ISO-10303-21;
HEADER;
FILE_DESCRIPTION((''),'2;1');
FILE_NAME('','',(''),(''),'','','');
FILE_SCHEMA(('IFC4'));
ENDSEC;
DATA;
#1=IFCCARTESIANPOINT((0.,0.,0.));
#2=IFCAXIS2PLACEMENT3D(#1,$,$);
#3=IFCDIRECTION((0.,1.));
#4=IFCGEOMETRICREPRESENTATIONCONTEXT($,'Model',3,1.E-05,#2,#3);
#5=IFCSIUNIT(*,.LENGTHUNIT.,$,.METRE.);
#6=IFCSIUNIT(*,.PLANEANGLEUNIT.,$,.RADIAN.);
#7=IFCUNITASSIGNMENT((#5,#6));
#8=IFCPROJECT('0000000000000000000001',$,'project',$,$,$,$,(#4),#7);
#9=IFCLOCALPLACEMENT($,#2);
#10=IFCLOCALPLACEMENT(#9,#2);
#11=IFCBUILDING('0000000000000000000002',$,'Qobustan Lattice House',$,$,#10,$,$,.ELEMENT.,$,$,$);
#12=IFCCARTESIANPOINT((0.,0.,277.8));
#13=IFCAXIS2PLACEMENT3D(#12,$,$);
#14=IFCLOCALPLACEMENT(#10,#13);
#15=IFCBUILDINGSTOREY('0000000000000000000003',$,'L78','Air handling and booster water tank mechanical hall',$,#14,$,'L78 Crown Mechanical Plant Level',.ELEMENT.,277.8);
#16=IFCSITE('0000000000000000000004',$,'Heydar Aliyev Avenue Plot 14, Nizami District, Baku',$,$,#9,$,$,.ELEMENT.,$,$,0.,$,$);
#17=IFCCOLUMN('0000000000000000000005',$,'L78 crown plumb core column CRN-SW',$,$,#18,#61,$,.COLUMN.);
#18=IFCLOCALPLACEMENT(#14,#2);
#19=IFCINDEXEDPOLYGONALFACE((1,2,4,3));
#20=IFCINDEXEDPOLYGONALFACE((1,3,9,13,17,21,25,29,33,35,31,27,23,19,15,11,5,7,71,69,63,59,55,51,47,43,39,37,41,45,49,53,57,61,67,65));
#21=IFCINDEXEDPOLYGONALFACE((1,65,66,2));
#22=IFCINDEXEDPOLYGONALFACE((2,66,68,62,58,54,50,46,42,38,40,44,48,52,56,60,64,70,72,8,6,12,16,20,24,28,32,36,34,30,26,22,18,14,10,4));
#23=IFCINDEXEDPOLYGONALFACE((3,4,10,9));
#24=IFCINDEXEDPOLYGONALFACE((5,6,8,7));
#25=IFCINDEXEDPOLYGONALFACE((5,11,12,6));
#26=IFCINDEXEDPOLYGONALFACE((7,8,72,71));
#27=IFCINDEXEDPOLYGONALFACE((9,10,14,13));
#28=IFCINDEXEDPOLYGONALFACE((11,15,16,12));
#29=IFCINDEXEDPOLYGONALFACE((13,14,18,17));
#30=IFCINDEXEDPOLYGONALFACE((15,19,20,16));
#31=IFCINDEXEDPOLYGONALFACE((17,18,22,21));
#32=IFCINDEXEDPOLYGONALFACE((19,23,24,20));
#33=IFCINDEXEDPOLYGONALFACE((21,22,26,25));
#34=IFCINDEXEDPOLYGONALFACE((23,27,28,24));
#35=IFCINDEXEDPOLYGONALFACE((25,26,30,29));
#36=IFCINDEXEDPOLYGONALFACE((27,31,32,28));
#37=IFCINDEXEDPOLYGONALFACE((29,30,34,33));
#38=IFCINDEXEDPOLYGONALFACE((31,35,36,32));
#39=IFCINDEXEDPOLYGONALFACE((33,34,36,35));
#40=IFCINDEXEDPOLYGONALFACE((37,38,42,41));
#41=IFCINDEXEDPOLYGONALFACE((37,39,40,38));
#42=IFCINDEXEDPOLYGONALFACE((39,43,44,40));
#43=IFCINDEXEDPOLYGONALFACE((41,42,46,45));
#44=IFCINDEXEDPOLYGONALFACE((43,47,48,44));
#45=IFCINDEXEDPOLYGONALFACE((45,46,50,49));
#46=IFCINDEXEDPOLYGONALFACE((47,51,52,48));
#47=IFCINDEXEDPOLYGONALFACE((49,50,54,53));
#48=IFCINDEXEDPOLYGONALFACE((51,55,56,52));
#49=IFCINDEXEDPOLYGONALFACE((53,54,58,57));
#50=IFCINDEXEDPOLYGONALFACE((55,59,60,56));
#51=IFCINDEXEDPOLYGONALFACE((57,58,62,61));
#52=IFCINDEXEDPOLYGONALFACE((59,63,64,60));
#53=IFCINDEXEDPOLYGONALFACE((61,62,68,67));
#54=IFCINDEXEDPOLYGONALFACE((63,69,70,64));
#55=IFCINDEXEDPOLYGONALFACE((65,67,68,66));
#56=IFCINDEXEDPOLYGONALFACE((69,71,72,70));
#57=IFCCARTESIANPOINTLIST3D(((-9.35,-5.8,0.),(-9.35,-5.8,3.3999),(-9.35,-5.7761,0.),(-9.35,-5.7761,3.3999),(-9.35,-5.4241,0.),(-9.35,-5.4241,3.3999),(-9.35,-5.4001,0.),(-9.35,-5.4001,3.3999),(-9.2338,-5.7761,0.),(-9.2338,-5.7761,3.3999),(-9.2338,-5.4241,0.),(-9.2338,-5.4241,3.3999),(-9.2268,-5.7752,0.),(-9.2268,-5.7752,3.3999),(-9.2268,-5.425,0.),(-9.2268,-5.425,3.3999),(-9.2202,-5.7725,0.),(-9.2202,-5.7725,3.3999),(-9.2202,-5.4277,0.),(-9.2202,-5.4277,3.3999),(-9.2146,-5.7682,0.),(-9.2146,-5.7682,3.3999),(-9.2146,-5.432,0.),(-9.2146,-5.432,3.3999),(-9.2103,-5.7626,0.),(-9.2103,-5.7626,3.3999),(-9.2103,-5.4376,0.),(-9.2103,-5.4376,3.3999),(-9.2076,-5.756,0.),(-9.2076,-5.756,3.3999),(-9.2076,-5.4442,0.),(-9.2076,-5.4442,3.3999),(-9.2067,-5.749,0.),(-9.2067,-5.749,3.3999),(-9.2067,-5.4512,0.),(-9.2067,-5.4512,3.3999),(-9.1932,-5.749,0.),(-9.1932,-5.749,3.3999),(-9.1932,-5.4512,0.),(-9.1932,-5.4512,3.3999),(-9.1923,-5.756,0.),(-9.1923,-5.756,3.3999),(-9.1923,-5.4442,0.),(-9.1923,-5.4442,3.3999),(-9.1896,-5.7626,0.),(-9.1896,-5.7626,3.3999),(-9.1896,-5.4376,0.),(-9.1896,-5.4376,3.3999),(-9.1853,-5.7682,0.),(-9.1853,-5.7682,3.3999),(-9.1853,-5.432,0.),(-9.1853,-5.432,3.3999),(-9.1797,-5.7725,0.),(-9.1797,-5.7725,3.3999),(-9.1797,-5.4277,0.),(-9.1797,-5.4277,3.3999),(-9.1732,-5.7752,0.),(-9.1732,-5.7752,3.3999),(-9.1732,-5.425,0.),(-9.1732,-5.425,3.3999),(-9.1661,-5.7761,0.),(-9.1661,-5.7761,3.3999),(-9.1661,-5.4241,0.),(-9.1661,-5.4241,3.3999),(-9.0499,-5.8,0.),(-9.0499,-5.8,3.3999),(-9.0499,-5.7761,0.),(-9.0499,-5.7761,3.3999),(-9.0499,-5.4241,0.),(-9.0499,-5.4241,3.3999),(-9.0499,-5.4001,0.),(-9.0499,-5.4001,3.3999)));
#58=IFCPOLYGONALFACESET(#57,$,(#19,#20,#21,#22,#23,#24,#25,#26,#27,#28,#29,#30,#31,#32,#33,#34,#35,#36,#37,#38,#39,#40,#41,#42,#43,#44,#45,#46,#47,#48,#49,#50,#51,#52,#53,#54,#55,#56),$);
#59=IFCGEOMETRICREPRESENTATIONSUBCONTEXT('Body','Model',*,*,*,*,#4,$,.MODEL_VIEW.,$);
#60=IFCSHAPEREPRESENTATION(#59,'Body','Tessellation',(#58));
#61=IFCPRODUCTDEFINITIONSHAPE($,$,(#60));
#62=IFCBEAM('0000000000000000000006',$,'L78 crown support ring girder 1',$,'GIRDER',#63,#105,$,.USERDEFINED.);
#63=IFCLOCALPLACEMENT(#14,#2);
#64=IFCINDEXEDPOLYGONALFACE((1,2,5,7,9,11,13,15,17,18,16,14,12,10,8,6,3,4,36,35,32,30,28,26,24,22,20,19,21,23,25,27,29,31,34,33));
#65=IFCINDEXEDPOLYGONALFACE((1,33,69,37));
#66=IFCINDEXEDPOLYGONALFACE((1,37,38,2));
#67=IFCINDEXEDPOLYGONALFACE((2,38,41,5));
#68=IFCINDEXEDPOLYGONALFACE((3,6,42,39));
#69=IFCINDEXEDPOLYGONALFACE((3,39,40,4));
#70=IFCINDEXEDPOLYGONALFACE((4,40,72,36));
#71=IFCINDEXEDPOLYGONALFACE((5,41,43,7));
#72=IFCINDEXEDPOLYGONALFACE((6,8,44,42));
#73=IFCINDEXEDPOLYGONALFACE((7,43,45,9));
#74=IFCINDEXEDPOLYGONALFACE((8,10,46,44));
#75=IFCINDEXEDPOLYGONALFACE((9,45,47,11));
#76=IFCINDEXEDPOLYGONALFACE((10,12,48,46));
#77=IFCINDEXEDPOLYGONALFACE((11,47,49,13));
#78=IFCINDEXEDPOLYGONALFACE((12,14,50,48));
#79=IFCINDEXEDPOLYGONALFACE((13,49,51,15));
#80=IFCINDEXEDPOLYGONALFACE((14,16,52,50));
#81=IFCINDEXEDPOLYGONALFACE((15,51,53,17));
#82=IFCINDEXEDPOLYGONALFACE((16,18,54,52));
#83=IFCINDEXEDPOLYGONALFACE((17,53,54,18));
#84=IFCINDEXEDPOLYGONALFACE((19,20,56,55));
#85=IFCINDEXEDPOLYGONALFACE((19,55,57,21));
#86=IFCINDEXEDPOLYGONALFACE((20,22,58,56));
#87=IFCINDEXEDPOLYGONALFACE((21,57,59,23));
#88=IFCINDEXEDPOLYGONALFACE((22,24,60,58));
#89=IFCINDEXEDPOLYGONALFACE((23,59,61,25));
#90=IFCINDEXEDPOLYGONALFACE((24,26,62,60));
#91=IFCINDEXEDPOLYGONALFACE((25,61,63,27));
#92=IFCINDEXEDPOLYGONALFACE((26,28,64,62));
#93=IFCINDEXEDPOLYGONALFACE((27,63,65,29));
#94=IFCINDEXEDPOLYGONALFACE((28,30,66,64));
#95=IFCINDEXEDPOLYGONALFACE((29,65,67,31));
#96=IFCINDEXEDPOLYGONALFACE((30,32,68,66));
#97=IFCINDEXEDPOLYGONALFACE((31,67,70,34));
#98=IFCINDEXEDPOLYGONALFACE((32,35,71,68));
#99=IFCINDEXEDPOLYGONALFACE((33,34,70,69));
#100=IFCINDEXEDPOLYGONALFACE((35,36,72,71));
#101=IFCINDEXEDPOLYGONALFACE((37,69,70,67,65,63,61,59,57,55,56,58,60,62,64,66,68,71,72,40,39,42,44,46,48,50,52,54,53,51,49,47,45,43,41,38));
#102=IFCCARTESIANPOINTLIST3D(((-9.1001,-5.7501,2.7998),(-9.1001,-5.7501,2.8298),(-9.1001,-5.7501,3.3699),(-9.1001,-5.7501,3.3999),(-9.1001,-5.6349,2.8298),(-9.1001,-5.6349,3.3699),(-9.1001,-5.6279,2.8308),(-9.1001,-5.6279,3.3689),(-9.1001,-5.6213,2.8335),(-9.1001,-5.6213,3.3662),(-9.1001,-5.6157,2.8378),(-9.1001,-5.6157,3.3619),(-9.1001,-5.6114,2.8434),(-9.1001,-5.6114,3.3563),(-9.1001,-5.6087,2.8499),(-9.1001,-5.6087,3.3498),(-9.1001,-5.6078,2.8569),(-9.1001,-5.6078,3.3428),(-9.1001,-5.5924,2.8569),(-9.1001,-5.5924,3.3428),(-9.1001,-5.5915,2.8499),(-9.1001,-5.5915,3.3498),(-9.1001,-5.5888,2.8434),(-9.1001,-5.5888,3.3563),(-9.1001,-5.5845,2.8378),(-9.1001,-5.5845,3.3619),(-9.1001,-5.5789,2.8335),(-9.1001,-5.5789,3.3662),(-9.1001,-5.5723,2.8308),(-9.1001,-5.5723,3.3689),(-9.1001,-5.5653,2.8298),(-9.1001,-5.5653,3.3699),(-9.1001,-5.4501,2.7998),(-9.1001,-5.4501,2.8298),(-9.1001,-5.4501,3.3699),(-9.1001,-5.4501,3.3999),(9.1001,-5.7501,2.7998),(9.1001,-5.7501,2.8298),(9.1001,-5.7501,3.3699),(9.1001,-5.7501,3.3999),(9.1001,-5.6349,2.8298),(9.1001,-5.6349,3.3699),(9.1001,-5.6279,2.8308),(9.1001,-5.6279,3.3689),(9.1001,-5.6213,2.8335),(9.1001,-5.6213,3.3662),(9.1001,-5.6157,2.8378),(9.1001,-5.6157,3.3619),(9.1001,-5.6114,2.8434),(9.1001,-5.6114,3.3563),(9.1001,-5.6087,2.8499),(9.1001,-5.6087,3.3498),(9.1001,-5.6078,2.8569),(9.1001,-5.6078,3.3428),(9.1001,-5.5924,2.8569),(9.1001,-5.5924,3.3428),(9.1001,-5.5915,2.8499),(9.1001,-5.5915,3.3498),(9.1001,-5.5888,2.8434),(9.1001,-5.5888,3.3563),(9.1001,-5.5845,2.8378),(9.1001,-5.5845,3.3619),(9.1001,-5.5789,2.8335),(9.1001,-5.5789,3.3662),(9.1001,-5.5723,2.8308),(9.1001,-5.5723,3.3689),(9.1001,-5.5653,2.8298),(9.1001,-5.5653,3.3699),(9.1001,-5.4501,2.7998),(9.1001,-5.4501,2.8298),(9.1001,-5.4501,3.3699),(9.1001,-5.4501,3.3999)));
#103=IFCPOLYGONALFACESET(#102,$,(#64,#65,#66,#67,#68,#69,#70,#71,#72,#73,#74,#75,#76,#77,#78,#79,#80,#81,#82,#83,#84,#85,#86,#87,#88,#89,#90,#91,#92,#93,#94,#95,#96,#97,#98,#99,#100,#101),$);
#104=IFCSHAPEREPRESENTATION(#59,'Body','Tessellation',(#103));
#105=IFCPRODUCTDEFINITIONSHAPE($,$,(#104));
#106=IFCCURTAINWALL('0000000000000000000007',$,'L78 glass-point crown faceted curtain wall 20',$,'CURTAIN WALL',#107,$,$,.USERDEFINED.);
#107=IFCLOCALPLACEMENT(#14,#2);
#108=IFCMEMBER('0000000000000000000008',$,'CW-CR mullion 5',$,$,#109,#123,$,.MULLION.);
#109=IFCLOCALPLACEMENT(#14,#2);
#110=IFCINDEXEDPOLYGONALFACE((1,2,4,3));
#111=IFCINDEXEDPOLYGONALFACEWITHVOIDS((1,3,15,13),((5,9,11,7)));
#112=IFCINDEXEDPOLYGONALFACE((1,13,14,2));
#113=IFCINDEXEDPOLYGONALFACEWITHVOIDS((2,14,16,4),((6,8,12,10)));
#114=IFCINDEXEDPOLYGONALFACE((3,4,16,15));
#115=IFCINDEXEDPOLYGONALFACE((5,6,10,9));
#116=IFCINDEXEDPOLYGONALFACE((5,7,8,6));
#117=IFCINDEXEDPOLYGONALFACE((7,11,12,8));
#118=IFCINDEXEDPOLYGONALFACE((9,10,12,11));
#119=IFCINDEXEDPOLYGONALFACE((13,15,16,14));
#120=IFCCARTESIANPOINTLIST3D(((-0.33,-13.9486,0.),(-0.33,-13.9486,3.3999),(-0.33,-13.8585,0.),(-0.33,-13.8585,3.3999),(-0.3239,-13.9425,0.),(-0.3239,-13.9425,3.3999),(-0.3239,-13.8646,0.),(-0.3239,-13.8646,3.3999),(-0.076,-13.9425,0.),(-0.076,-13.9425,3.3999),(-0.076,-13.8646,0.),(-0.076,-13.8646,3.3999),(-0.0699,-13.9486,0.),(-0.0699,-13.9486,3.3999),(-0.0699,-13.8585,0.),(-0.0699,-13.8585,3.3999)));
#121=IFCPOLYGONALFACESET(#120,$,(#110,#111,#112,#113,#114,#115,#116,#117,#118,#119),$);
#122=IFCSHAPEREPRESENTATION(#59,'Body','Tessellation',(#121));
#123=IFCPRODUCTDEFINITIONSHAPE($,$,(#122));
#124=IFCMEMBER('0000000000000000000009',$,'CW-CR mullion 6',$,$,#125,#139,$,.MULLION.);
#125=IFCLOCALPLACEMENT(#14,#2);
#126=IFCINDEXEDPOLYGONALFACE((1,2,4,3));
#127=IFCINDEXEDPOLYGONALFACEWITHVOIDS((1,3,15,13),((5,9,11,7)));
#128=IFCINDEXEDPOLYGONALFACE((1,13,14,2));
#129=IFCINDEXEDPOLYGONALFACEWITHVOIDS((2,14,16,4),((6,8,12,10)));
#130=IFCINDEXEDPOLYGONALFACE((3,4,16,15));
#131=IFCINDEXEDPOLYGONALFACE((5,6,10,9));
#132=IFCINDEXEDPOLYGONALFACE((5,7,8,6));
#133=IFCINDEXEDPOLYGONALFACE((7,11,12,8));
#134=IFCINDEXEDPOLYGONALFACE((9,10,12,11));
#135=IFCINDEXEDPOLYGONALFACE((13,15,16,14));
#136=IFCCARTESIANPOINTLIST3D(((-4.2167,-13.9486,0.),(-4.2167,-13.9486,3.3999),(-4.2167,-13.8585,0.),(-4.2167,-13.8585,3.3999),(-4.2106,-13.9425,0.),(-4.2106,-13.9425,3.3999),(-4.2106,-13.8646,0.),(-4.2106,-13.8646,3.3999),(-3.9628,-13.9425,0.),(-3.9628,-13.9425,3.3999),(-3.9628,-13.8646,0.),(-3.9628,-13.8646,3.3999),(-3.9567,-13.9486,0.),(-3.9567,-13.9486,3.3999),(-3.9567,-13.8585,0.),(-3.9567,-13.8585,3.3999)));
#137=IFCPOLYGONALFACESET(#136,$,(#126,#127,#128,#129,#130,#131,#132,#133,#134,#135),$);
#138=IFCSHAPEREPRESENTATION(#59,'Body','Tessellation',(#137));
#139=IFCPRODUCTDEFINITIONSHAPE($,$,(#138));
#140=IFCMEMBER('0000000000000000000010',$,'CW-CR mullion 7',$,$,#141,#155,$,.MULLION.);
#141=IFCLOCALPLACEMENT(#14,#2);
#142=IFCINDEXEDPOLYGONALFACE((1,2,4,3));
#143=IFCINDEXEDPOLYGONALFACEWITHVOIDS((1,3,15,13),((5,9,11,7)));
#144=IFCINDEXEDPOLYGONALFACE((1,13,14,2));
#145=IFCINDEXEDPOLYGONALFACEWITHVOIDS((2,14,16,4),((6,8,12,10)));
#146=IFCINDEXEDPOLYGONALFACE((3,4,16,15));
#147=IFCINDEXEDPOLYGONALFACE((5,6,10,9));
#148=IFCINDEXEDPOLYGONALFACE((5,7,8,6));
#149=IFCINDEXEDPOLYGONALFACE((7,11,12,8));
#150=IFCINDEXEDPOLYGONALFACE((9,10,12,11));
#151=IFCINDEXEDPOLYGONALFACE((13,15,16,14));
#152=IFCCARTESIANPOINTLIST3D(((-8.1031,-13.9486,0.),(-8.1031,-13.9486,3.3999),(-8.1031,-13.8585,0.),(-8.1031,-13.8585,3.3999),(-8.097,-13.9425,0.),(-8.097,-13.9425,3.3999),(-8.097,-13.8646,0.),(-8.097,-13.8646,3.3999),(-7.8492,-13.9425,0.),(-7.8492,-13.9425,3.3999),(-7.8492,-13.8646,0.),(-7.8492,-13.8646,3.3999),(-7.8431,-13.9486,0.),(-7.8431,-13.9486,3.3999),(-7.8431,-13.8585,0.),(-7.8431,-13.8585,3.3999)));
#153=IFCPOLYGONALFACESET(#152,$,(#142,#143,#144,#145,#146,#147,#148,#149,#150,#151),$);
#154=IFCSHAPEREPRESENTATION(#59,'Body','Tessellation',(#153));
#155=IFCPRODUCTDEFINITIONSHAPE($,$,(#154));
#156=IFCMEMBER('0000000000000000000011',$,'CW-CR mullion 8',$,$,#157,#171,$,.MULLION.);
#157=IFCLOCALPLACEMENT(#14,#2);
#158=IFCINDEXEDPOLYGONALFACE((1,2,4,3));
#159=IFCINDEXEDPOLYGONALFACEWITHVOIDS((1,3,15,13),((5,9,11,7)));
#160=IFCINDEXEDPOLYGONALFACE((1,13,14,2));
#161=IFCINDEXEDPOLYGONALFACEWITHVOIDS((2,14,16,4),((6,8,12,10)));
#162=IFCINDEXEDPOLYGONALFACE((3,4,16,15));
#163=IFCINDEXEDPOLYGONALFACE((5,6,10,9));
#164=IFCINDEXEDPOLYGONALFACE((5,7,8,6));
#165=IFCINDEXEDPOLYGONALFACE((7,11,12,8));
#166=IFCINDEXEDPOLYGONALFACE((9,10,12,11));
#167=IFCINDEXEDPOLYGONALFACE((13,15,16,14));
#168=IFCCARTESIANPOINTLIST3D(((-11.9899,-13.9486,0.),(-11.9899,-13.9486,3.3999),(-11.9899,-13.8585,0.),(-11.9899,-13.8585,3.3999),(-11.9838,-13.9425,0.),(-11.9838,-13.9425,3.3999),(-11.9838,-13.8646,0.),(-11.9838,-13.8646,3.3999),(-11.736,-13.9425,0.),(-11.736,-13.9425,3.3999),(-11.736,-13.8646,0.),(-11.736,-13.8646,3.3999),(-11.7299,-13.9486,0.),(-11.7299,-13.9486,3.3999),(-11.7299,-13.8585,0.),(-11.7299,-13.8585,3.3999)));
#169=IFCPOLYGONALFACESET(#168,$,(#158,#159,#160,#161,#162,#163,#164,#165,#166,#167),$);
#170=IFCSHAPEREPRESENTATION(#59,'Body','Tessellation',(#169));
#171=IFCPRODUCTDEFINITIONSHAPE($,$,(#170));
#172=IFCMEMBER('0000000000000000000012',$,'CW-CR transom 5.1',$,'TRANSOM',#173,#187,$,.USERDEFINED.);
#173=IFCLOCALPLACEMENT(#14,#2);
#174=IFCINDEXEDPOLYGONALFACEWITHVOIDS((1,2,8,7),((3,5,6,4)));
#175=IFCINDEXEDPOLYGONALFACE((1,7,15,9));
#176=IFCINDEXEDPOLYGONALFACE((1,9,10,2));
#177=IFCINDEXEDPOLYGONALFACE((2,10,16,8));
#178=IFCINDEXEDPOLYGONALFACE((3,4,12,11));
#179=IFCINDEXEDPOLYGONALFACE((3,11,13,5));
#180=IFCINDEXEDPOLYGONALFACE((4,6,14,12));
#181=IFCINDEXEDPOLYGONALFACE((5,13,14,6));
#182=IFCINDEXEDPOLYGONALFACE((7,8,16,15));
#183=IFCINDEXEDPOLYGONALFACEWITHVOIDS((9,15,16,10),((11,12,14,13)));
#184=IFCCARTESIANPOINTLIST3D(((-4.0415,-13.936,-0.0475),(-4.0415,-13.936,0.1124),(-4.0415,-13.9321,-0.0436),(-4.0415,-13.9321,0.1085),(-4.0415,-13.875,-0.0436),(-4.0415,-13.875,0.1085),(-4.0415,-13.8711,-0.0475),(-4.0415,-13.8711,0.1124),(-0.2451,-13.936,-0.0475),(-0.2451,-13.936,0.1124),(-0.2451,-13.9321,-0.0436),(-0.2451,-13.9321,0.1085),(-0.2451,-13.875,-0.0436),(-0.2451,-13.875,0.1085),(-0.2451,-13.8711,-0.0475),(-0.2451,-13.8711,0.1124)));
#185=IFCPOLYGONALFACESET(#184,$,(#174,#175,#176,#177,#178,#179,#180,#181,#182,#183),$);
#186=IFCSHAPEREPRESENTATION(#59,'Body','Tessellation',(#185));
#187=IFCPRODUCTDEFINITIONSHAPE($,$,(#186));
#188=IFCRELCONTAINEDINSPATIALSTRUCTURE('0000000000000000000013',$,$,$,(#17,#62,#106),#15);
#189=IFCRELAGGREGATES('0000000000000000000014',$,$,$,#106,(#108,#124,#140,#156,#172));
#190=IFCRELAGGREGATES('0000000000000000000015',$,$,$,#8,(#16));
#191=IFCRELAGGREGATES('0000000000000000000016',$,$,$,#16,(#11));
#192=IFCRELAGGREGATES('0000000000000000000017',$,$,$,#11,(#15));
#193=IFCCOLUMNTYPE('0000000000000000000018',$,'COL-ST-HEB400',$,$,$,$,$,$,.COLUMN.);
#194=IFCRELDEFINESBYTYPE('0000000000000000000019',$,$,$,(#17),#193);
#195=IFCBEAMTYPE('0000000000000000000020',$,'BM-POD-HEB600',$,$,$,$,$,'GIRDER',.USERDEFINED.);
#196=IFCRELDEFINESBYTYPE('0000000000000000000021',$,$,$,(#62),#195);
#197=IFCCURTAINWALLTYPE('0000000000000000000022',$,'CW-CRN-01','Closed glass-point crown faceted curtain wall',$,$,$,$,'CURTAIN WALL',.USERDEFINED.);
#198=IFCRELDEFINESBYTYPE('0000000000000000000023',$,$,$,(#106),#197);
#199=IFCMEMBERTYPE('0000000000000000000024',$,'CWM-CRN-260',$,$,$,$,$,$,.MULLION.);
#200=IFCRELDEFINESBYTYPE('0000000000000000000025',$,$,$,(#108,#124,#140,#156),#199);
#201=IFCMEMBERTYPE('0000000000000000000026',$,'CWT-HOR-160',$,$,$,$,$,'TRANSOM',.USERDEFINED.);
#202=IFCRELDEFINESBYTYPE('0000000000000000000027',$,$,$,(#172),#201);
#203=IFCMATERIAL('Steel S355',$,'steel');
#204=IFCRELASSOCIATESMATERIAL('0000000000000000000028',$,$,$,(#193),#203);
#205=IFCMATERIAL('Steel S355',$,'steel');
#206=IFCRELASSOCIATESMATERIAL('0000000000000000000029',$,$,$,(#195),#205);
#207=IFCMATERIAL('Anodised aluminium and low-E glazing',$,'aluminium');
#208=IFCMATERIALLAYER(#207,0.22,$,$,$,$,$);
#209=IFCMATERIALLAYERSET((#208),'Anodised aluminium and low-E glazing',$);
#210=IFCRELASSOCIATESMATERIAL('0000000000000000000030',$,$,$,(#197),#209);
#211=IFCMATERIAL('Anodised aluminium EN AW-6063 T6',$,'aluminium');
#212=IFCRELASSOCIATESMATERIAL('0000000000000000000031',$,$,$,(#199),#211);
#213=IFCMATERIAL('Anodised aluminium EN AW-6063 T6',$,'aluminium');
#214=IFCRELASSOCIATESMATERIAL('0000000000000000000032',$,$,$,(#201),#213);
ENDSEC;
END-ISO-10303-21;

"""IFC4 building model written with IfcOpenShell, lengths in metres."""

from ifc_helpers import new_model, si_unit, direction, frame, origin, origin_2d, place, context, subcontext, project, spatial, hollow_rectangle, i_section, extrude, material, layer, layer_set, material_profile, profile_set, type_object, element, aggregate, save


model = new_model("IFC4")

# Units and contexts
model_context = context("Model", 3, precision=1e-05, world=origin(), true_north=direction((0.0, 1.0)))
body_context = subcontext(model_context, "Body", "Model", "MODEL_VIEW")
ifc_project = project(units=[si_unit("LENGTHUNIT", "METRE"), si_unit("PLANEANGLEUNIT", "RADIAN")], contexts=[model_context])

# Site, building, storey
site_placement = place(None, origin())
site = spatial("IfcSite", under=ifc_project, at=site_placement, Name="Heydar Aliyev Avenue Plot 14, Nizami District, Baku", CompositionType="ELEMENT", RefElevation=0.0)
building_placement = place(site_placement, origin())
building = spatial("IfcBuilding", under=site, at=building_placement, Name="Qobustan Lattice House", CompositionType="ELEMENT")
storey_placement = place(building_placement, frame((0.0, 0.0, 277.8)))
storey = spatial("IfcBuildingStorey", under=building, at=storey_placement, Name="L78", Description="Air handling and booster water tank mechanical hall", LongName="L78 Crown Mechanical Plant Level", CompositionType="ELEMENT", Elevation=277.8)

# Column
ifc_material_1 = material(Name="Steel S355", Category="steel")
ifc_material_profile_1 = material_profile(ifc_material_1, i_section(OverallWidth=0.3, OverallDepth=0.3999, WebThickness=0.0134, FlangeThickness=0.0239, FilletRadius=0.0271, at=origin_2d()), Name="HEB400")
ifc_profile_set_1 = profile_set([ifc_material_profile_1], Name="Steel S355")
column_type = type_object("IfcColumnType", Name="COL-ST-HEB400", PredefinedType="COLUMN", material=ifc_profile_set_1)
column_placement = place(storey_placement, frame((-9.2, -5.6001, 0.0), z_axis=(0.0, 0.0, 1.0), x_axis=(1.0, 0.0, 0.0)))
element("IfcColumn", 1, at=column_placement, inside=storey, type_object=column_type, Name="L78 crown plumb core column CRN-SW", PredefinedType="COLUMN", context=body_context, shape_type="SweptSolid", body=[
    extrude(i_section(OverallWidth=0.3, OverallDepth=0.3999, WebThickness=0.0134, FlangeThickness=0.0239, FilletRadius=0.0271, at=origin_2d()), origin(), (0.0, 0.0, 1.0), 3.3999),
])

# Beam
ifc_material_2 = material(Name="Steel S355", Category="steel")
ifc_material_profile_2 = material_profile(ifc_material_2, i_section(OverallWidth=0.3, OverallDepth=0.6001, WebThickness=0.0154, FlangeThickness=0.03, FilletRadius=0.0271, at=origin_2d()), Name="HEB600")
ifc_profile_set_2 = profile_set([ifc_material_profile_2], Name="Steel S355")
beam_type = type_object("IfcBeamType", Name="BM-POD-HEB600", ElementType="GIRDER", PredefinedType="USERDEFINED", material=ifc_profile_set_2)
beam_placement = place(storey_placement, frame((-9.1001, -5.6001, 3.0999), z_axis=(1.0, 0.0, 0.0), x_axis=(0.0, 1.0, 0.0)))
element("IfcBeam", 2, at=beam_placement, inside=storey, type_object=beam_type, Name="L78 crown support ring girder 1", ObjectType="GIRDER", PredefinedType="USERDEFINED", context=body_context, shape_type="SweptSolid", body=[
    extrude(i_section(OverallWidth=0.3, OverallDepth=0.6001, WebThickness=0.0154, FlangeThickness=0.03, FilletRadius=0.0271, at=origin_2d()), origin(), (0.0, 0.0, 1.0), 18.2002),
])

# Curtain wall, members
ifc_material_3 = material(Name="Anodised aluminium and low-E glazing", Category="aluminium")
ifc_layer_1 = layer(ifc_material_3, 0.22)
ifc_layer_set_1 = layer_set([ifc_layer_1], Name="Anodised aluminium and low-E glazing")
curtain_wall_type = type_object("IfcCurtainWallType", Name="CW-CRN-01", Description="Closed glass-point crown faceted curtain wall", ElementType="CURTAIN WALL", PredefinedType="USERDEFINED", material=ifc_layer_set_1)
curtain_wall_placement = place(storey_placement, origin())
curtain_wall = element("IfcCurtainWall", 3, at=curtain_wall_placement, inside=storey, type_object=curtain_wall_type, Name="L78 glass-point crown faceted curtain wall 20", ObjectType="CURTAIN WALL", PredefinedType="USERDEFINED")
ifc_material_4 = material(Name="Anodised aluminium EN AW-6063 T6", Category="aluminium")
ifc_material_profile_3 = material_profile(ifc_material_4, hollow_rectangle(XDim=0.0901, YDim=0.26, WallThickness=0.0061, at=origin_2d()), Name="CWM-CROWN-260x90")
ifc_profile_set_3 = profile_set([ifc_material_profile_3], Name="Anodised aluminium EN AW-6063 T6")
member_type_1 = type_object("IfcMemberType", Name="CWM-CRN-260", PredefinedType="MULLION", material=ifc_profile_set_3)
member_1_placement = place(storey_placement, frame((-0.2, -13.9036, 0.0), z_axis=(0.0, 0.0, 1.0), x_axis=(0.0, -1.0, 0.0)))
member_1 = element("IfcMember", 4, at=member_1_placement, type_object=member_type_1, Name="CW-CR mullion 5", PredefinedType="MULLION", context=body_context, shape_type="SweptSolid", body=[
    extrude(hollow_rectangle(XDim=0.0901, YDim=0.26, WallThickness=0.0061, at=origin_2d()), origin(), (0.0, 0.0, 1.0), 3.3999),
])
member_2_placement = place(storey_placement, frame((-4.0867, -13.9036, 0.0), z_axis=(0.0, 0.0, 1.0), x_axis=(0.0, -1.0, 0.0)))
member_2 = element("IfcMember", 5, at=member_2_placement, type_object=member_type_1, Name="CW-CR mullion 6", PredefinedType="MULLION", context=body_context, shape_type="SweptSolid", body=[
    extrude(hollow_rectangle(XDim=0.0901, YDim=0.26, WallThickness=0.0061, at=origin_2d()), origin(), (0.0, 0.0, 1.0), 3.3999),
])
member_3_placement = place(storey_placement, frame((-7.9731, -13.9036, 0.0), z_axis=(0.0, 0.0, 1.0), x_axis=(0.0, -1.0, 0.0)))
member_3 = element("IfcMember", 6, at=member_3_placement, type_object=member_type_1, Name="CW-CR mullion 7", PredefinedType="MULLION", context=body_context, shape_type="SweptSolid", body=[
    extrude(hollow_rectangle(XDim=0.0901, YDim=0.26, WallThickness=0.0061, at=origin_2d()), origin(), (0.0, 0.0, 1.0), 3.3999),
])
member_4_placement = place(storey_placement, frame((-11.8599, -13.9036, 0.0), z_axis=(0.0, 0.0, 1.0), x_axis=(0.0, -1.0, 0.0)))
member_4 = element("IfcMember", 7, at=member_4_placement, type_object=member_type_1, Name="CW-CR mullion 8", PredefinedType="MULLION", context=body_context, shape_type="SweptSolid", body=[
    extrude(hollow_rectangle(XDim=0.0901, YDim=0.26, WallThickness=0.0061, at=origin_2d()), origin(), (0.0, 0.0, 1.0), 3.3999),
])
ifc_material_5 = material(Name="Anodised aluminium EN AW-6063 T6", Category="aluminium")
ifc_material_profile_4 = material_profile(ifc_material_5, hollow_rectangle(XDim=0.0649, YDim=0.1599, WallThickness=0.0039, at=origin_2d()), Name="CWT-160x65")
ifc_profile_set_4 = profile_set([ifc_material_profile_4], Name="Anodised aluminium EN AW-6063 T6")
member_type_2 = type_object("IfcMemberType", Name="CWT-HOR-160", ElementType="TRANSOM", PredefinedType="USERDEFINED", material=ifc_profile_set_4)
member_5_placement = place(storey_placement, frame((-0.2451, -13.9036, 0.0325), z_axis=(-1.0, 0.0, 0.0), x_axis=(0.0, -1.0, 0.0)))
member_5 = element("IfcMember", 8, at=member_5_placement, type_object=member_type_2, Name="CW-CR transom 5.1", ObjectType="TRANSOM", PredefinedType="USERDEFINED", context=body_context, shape_type="SweptSolid", body=[
    extrude(hollow_rectangle(XDim=0.0649, YDim=0.1599, WallThickness=0.0039, at=origin_2d()), origin(), (0.0, 0.0, 1.0), 3.7964),
])

aggregate(curtain_wall, [member_1, member_2, member_3, member_4, member_5])

save(model, "model.ifc")
